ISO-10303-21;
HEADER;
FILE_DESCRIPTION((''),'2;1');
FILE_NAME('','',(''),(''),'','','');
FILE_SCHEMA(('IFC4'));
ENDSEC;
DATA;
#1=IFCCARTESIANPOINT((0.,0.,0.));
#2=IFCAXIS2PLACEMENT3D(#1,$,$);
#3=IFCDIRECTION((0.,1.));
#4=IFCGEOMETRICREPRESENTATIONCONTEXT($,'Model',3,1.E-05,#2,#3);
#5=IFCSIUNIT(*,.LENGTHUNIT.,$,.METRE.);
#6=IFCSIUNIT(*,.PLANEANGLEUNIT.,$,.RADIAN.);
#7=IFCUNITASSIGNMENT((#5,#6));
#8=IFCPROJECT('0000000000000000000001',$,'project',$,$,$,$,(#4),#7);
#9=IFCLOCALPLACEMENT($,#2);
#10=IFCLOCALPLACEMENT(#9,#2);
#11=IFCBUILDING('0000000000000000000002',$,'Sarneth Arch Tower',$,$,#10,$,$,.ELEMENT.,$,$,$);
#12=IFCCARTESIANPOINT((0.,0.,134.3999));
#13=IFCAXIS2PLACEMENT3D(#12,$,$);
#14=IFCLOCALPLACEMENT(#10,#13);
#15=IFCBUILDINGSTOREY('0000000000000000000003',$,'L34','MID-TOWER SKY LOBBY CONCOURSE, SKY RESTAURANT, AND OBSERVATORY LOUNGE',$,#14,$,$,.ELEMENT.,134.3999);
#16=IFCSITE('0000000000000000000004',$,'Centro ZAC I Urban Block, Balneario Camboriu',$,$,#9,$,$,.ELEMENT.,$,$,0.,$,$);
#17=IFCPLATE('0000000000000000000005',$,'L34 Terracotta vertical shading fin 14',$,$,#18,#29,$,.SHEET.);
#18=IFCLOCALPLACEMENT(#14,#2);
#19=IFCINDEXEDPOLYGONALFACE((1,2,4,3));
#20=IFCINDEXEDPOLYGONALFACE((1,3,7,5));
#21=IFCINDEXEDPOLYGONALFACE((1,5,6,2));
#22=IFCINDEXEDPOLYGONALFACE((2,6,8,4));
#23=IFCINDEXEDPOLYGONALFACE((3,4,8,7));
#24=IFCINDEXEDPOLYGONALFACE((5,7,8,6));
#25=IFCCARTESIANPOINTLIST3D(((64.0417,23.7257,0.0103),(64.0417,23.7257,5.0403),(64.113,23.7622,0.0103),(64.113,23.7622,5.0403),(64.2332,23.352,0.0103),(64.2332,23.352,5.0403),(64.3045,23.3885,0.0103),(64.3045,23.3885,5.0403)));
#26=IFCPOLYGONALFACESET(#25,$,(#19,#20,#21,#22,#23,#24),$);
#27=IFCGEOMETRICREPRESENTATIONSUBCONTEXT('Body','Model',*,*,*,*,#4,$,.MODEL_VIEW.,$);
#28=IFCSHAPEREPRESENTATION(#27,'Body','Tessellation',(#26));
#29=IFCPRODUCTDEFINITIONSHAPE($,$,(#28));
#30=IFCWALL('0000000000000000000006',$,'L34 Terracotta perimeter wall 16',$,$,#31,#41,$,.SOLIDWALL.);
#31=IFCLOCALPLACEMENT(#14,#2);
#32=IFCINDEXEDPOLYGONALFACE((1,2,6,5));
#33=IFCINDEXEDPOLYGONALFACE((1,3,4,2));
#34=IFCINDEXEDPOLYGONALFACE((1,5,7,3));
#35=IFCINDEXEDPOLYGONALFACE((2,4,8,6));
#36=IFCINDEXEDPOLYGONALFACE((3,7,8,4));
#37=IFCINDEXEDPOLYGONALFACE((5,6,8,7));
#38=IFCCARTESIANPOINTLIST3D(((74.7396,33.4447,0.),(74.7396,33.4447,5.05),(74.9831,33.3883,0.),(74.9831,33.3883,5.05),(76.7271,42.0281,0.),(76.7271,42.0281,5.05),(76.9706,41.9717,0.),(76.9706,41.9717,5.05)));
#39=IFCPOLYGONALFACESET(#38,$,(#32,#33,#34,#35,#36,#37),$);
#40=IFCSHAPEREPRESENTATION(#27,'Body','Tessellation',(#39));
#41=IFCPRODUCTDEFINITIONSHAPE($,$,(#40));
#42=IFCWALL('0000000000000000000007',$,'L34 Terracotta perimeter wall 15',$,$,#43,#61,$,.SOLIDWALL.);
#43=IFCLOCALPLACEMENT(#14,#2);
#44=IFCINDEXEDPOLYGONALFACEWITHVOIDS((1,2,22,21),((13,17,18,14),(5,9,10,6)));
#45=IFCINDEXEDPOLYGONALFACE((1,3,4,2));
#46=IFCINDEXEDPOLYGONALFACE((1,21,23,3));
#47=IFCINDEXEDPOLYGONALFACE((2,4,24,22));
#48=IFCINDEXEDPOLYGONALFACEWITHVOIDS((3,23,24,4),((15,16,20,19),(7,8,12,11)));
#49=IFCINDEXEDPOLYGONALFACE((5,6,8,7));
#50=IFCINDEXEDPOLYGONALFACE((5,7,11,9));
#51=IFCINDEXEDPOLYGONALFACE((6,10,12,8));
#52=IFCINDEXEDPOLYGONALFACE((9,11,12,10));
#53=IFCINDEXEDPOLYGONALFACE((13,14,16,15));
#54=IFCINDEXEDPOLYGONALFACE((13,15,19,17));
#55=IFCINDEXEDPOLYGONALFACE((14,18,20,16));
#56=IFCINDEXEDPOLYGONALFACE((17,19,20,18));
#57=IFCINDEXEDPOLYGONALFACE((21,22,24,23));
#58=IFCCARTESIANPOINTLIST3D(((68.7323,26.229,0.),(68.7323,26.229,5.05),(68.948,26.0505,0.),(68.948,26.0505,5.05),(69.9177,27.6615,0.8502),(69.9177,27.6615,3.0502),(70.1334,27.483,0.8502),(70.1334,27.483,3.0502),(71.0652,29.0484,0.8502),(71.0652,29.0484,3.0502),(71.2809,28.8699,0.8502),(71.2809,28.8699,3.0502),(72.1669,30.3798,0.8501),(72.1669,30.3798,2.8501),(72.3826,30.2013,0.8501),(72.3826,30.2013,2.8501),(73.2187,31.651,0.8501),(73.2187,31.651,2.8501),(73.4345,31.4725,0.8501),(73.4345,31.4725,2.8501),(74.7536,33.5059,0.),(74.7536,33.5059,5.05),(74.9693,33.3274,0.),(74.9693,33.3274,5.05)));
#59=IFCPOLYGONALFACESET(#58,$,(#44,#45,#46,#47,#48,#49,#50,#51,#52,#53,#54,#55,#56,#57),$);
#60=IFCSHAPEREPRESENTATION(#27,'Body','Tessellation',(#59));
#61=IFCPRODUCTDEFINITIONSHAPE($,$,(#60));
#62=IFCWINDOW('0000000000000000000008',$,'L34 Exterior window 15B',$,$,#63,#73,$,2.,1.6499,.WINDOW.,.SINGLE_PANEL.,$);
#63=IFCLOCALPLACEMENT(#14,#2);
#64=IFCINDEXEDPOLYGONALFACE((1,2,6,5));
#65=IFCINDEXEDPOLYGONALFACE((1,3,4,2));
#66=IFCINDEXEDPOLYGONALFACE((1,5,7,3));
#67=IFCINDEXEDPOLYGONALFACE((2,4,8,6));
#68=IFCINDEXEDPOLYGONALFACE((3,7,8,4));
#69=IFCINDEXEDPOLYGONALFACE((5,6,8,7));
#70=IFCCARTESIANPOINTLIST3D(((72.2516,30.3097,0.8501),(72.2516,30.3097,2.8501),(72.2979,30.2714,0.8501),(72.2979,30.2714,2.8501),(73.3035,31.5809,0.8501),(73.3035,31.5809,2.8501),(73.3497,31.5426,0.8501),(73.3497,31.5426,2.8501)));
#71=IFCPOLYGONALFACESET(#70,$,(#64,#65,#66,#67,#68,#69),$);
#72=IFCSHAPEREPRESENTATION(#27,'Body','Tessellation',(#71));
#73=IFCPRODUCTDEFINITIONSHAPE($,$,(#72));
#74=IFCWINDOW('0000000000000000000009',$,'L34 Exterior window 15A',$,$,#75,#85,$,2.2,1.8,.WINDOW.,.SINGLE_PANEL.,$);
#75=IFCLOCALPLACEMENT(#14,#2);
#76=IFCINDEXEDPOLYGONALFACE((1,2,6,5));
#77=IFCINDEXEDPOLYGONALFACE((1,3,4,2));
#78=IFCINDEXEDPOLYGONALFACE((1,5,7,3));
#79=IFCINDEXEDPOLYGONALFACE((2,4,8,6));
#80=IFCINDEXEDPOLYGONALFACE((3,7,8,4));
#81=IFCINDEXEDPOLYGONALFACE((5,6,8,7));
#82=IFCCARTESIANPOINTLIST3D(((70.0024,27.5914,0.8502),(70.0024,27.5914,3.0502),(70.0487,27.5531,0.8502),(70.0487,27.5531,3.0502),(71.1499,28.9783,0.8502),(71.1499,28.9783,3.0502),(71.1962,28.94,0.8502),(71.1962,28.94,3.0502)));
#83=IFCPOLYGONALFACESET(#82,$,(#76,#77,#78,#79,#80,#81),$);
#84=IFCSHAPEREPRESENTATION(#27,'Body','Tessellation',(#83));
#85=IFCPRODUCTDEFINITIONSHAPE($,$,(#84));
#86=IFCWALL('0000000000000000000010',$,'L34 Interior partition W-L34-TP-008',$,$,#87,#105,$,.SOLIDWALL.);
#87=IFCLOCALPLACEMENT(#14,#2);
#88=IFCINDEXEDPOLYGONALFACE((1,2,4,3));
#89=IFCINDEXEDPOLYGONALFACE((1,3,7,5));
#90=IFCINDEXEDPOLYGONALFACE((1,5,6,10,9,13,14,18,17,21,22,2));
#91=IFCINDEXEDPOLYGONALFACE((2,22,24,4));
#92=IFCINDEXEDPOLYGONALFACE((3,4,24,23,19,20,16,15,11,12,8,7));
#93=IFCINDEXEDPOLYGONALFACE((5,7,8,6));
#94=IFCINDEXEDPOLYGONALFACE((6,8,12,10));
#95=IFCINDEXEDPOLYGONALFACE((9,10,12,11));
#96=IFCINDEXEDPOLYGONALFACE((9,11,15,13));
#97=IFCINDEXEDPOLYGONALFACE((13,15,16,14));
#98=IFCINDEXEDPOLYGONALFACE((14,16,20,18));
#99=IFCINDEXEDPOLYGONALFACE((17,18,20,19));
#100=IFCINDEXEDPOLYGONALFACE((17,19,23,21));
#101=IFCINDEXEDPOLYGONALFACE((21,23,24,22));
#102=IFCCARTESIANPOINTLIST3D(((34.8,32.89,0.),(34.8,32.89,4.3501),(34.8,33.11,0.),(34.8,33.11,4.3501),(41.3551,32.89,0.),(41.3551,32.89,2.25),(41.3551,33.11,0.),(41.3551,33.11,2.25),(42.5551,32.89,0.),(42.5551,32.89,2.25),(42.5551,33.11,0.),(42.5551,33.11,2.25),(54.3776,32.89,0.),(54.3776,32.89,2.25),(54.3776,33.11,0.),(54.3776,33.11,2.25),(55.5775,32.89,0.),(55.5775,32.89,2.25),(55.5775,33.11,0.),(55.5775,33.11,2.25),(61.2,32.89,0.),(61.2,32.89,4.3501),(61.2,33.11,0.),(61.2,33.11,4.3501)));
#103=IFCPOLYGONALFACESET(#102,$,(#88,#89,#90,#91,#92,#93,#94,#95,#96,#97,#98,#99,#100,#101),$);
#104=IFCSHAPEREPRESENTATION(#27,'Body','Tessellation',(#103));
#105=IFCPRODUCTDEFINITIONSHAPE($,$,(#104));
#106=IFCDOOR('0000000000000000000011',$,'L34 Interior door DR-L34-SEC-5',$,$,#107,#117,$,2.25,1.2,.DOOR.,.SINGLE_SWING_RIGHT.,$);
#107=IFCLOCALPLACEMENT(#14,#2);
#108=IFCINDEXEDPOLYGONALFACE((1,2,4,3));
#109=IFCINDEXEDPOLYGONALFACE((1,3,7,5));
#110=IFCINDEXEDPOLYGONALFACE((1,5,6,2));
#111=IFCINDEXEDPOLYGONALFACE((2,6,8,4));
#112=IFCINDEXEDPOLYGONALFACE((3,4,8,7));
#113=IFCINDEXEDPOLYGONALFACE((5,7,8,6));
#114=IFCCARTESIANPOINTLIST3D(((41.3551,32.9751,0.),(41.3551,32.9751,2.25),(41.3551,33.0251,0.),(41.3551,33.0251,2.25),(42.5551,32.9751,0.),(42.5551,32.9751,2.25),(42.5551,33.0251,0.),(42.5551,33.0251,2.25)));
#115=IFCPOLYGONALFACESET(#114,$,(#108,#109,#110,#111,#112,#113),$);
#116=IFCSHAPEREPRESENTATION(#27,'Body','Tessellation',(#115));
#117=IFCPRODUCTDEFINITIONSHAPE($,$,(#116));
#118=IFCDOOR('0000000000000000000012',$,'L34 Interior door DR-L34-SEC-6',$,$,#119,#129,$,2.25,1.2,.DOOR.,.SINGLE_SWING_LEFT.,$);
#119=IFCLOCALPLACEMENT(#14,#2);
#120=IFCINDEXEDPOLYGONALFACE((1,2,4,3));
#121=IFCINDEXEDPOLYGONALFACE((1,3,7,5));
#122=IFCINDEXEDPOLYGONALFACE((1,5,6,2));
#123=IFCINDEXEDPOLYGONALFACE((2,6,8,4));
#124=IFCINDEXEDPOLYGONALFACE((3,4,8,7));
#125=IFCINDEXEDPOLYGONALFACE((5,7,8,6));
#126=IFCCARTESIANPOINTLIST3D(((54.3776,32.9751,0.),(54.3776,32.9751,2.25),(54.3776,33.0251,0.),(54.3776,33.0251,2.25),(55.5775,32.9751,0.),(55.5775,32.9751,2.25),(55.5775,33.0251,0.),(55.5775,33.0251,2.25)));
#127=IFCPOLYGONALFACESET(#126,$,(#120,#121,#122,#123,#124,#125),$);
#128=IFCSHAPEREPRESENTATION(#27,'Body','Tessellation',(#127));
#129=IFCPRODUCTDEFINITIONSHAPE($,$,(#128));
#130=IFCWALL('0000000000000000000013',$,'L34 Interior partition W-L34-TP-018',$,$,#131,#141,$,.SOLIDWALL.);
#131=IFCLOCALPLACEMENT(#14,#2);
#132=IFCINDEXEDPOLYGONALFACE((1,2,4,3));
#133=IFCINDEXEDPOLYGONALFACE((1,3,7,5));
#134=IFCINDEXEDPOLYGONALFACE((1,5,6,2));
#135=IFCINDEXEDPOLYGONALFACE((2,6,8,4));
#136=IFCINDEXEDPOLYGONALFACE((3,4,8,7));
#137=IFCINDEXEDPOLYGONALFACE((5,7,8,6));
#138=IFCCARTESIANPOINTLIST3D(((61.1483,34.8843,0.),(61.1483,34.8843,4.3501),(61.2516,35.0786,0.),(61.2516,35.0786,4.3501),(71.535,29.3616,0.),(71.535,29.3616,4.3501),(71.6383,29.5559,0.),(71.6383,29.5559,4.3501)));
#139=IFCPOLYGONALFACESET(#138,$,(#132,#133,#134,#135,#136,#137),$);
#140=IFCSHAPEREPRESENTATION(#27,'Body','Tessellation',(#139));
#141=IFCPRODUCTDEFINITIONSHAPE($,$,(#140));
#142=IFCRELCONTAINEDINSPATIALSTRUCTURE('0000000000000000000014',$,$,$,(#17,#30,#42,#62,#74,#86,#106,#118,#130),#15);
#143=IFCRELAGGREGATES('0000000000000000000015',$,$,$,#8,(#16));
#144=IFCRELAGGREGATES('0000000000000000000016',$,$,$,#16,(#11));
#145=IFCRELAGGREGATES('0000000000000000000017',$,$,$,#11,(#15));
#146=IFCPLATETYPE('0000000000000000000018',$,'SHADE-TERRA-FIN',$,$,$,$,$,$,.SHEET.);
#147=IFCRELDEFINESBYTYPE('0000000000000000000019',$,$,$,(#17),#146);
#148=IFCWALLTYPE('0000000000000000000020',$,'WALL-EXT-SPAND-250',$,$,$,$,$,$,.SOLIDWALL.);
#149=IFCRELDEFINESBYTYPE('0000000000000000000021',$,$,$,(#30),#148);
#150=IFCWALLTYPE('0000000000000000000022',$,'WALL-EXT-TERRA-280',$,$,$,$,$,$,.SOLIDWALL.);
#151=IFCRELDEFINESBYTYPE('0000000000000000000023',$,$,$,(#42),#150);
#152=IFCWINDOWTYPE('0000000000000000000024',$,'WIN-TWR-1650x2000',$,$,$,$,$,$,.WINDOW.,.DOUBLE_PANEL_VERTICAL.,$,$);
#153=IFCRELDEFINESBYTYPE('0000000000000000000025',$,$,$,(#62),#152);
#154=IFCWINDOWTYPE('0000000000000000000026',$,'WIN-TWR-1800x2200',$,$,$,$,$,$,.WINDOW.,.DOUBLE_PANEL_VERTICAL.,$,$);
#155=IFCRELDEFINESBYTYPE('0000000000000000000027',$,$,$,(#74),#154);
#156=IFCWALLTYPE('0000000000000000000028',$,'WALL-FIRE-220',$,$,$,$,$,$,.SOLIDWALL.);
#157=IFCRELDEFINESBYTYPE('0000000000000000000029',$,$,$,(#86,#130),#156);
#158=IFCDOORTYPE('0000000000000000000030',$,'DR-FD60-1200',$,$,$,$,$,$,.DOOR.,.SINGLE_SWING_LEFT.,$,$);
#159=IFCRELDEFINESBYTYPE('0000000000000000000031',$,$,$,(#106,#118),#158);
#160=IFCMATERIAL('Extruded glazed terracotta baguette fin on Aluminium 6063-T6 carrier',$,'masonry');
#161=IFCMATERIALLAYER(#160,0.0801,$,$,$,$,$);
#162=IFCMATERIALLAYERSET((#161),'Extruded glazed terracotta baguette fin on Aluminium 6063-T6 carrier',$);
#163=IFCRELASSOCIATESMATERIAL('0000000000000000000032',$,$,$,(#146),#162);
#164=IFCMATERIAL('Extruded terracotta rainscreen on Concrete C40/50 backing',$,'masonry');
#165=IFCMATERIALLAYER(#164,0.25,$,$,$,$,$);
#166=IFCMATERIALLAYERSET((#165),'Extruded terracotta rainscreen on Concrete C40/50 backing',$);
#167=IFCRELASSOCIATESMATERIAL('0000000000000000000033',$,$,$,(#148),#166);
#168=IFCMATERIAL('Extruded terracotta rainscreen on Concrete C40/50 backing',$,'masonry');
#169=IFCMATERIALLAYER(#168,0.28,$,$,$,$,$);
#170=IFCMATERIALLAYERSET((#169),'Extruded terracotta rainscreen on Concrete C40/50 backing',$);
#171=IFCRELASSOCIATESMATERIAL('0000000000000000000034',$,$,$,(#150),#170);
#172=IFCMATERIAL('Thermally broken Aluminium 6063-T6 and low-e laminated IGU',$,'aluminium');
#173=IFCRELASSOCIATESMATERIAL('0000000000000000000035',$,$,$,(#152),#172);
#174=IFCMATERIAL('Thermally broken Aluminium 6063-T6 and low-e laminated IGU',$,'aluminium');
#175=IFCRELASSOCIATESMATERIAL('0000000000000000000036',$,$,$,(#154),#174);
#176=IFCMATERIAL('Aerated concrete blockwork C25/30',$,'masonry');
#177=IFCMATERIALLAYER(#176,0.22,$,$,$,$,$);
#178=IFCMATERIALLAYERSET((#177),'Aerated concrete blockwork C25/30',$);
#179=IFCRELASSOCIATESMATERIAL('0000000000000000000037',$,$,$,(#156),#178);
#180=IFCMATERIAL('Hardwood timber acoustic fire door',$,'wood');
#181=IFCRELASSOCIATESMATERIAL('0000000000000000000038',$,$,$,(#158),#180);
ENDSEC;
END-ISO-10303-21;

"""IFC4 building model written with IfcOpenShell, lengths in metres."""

from ifc_helpers import new_model, si_unit, direction, frame, frame_2d, origin, origin_2d, place, context, subcontext, project, spatial, rectangle, extrude, material, layer, layer_set, type_object, element, fill, save


model = new_model("IFC4")

# Units and contexts
model_context = context("Model", 3, precision=1e-05, world=origin(), true_north=direction((0.0, 1.0)))
body_context = subcontext(model_context, "Body", "Model", "MODEL_VIEW")
ifc_project = project(units=[si_unit("LENGTHUNIT", "METRE"), si_unit("PLANEANGLEUNIT", "RADIAN")], contexts=[model_context])

# Site, building, storey
site_placement = place(None, origin())
site = spatial("IfcSite", under=ifc_project, at=site_placement, Name="Centro ZAC I Urban Block, Balneario Camboriu", CompositionType="ELEMENT", RefElevation=0.0)
building_placement = place(site_placement, origin())
building = spatial("IfcBuilding", under=site, at=building_placement, Name="Sarneth Arch Tower", CompositionType="ELEMENT")
storey_placement = place(building_placement, frame((0.0, 0.0, 134.3999)))
storey = spatial("IfcBuildingStorey", under=building, at=storey_placement, Name="L34", Description="MID-TOWER SKY LOBBY CONCOURSE, SKY RESTAURANT, AND OBSERVATORY LOUNGE", CompositionType="ELEMENT", Elevation=134.3999)

# Plate
ifc_material_1 = material(Name="Extruded glazed terracotta baguette fin on Aluminium 6063-T6 carrier", Category="masonry")
ifc_layer_1 = layer(ifc_material_1, 0.0801)
ifc_layer_set_1 = layer_set([ifc_layer_1], Name="Extruded glazed terracotta baguette fin on Aluminium 6063-T6 carrier")
plate_type_1 = type_object("IfcPlateType", Name="SHADE-TERRA-FIN", PredefinedType="SHEET", material=ifc_layer_set_1)
plate_1_placement = place(storey_placement, frame((64.1731, 23.5571, 0.0103), z_axis=(0.0, 0.0, 1.0), x_axis=(0.456011, -0.889974, 0.0)))
element("IfcPlate", 1, at=plate_1_placement, inside=storey, type_object=plate_type_1, Name="L34 Terracotta vertical shading fin 14", PredefinedType="SHEET", context=body_context, shape_type="SweptSolid", body=[
    extrude(rectangle(XDim=0.4199, YDim=0.0801, at=origin_2d()), origin(), (0.0, 0.0, 1.0), 5.03),
])

# Wall
ifc_material_2 = material(Name="Extruded terracotta rainscreen on Concrete C40/50 backing", Category="masonry")
ifc_layer_2 = layer(ifc_material_2, 0.25)
ifc_layer_set_2 = layer_set([ifc_layer_2], Name="Extruded terracotta rainscreen on Concrete C40/50 backing")
wall_type_1 = type_object("IfcWallType", Name="WALL-EXT-SPAND-250", PredefinedType="SOLIDWALL", material=ifc_layer_set_2)
wall_1_placement = place(storey_placement, frame((74.8613, 33.4165, 0.0), z_axis=(0.0, 0.0, 1.0), x_axis=(0.225586, 0.974223, 0.0)))
element("IfcWall", 2, at=wall_1_placement, inside=storey, type_object=wall_type_1, Name="L34 Terracotta perimeter wall 16", PredefinedType="SOLIDWALL", context=body_context, shape_type="SweptSolid", body=[
    extrude(rectangle(XDim=8.8105, YDim=0.25, at=frame_2d((4.4053, 0.0))), origin(), (0.0, 0.0, 1.0), 5.05),
])

# Wall, openings, windows
ifc_material_3 = material(Name="Extruded terracotta rainscreen on Concrete C40/50 backing", Category="masonry")
ifc_layer_3 = layer(ifc_material_3, 0.28)
ifc_layer_set_3 = layer_set([ifc_layer_3], Name="Extruded terracotta rainscreen on Concrete C40/50 backing")
wall_type_2 = type_object("IfcWallType", Name="WALL-EXT-TERRA-280", PredefinedType="SOLIDWALL", material=ifc_layer_set_3)
wall_2_placement = place(storey_placement, frame((68.8401, 26.1396, 0.0), z_axis=(0.0, 0.0, 1.0), x_axis=(0.637506, 0.770446, 0.0)))
wall_2 = element("IfcWall", 3, at=wall_2_placement, inside=storey, type_object=wall_type_2, Name="L34 Terracotta perimeter wall 15", PredefinedType="SOLIDWALL", context=body_context, shape_type="SweptSolid", body=[
    extrude(rectangle(XDim=9.4451, YDim=0.28, at=frame_2d((4.7227, 0.0))), origin(), (0.0, 0.0, 1.0), 5.05),
])
opening_1_placement = place(wall_2_placement, frame((1.8596, 0.0, 0.8501)))
opening_1 = element("IfcOpeningElement", 4, at=opening_1_placement, cuts=wall_2, PredefinedType="OPENING", context=body_context, shape_type="SweptSolid", body=[
    extrude(rectangle(XDim=1.8, YDim=2.2, at=frame_2d((0.8999, 1.1001))), frame((0.0, 0.1499, 0.0), z_axis=(0.0, -1.0, 0.0), x_axis=(1.0, 0.0, 0.0)), (0.0, 0.0, 1.0), 0.3),
])
opening_2_placement = place(wall_2_placement, frame((5.3877, 0.0, 0.8501)))
opening_2 = element("IfcOpeningElement", 5, at=opening_2_placement, cuts=wall_2, PredefinedType="OPENING", context=body_context, shape_type="SweptSolid", body=[
    extrude(rectangle(XDim=1.6499, YDim=2.0, at=frame_2d((0.825, 1.0))), frame((0.0, 0.1499, 0.0), z_axis=(0.0, -1.0, 0.0), x_axis=(1.0, 0.0, 0.0)), (0.0, 0.0, 1.0), 0.3),
])
ifc_material_4 = material(Name="Thermally broken Aluminium 6063-T6 and low-e laminated IGU", Category="aluminium")
window_type_1 = type_object("IfcWindowType", Name="WIN-TWR-1650x2000", PartitioningType="DOUBLE_PANEL_VERTICAL", PredefinedType="WINDOW", material=ifc_material_4)
window_1_placement = place(opening_2_placement, origin())
window_1 = element("IfcWindow", 6, at=window_1_placement, inside=storey, type_object=window_type_1, Name="L34 Exterior window 15B", OverallHeight=2.0, OverallWidth=1.6499, PartitioningType="SINGLE_PANEL", PredefinedType="WINDOW", context=body_context, shape_type="SweptSolid", body=[
    extrude(rectangle(XDim=1.6499, YDim=2.0, at=frame_2d((0.825, 1.0))), frame((0.0, 0.03, 0.0), z_axis=(0.0, -1.0, 0.0), x_axis=(1.0, 0.0, 0.0)), (0.0, 0.0, 1.0), 0.0601),
])
fill(opening_2, window_1)
ifc_material_5 = material(Name="Thermally broken Aluminium 6063-T6 and low-e laminated IGU", Category="aluminium")
window_type_2 = type_object("IfcWindowType", Name="WIN-TWR-1800x2200", PartitioningType="DOUBLE_PANEL_VERTICAL", PredefinedType="WINDOW", material=ifc_material_5)
window_2_placement = place(opening_1_placement, origin())
window_2 = element("IfcWindow", 7, at=window_2_placement, inside=storey, type_object=window_type_2, Name="L34 Exterior window 15A", OverallHeight=2.2, OverallWidth=1.8, PartitioningType="SINGLE_PANEL", PredefinedType="WINDOW", context=body_context, shape_type="SweptSolid", body=[
    extrude(rectangle(XDim=1.8, YDim=2.2, at=frame_2d((0.8999, 1.1001))), frame((0.0, 0.03, 0.0), z_axis=(0.0, -1.0, 0.0), x_axis=(1.0, 0.0, 0.0)), (0.0, 0.0, 1.0), 0.0601),
])
fill(opening_1, window_2)

# Wall, openings, doors
ifc_material_6 = material(Name="Aerated concrete blockwork C25/30", Category="masonry")
ifc_layer_4 = layer(ifc_material_6, 0.22)
ifc_layer_set_4 = layer_set([ifc_layer_4], Name="Aerated concrete blockwork C25/30")
wall_type_3 = type_object("IfcWallType", Name="WALL-FIRE-220", PredefinedType="SOLIDWALL", material=ifc_layer_set_4)
wall_3_placement = place(storey_placement, frame((61.2, 33.0, 0.0), z_axis=(0.0, 0.0, 1.0), x_axis=(-1.0, 0.0, 0.0)))
wall_3 = element("IfcWall", 8, at=wall_3_placement, inside=storey, type_object=wall_type_3, Name="L34 Interior partition W-L34-TP-008", PredefinedType="SOLIDWALL", context=body_context, shape_type="SweptSolid", body=[
    extrude(rectangle(XDim=26.3999, YDim=0.22, at=frame_2d((13.2, 0.0))), origin(), (0.0, 0.0, 1.0), 4.3501),
])
opening_3_placement = place(wall_3_placement, frame((18.6448, 0.0, 0.0)))
opening_3 = element("IfcOpeningElement", 9, at=opening_3_placement, cuts=wall_3, PredefinedType="OPENING", context=body_context, shape_type="SweptSolid", body=[
    extrude(rectangle(XDim=1.2, YDim=2.25, at=frame_2d((0.6001, 1.125))), frame((0.0, 0.1199, 0.0), z_axis=(0.0, -1.0, 0.0), x_axis=(1.0, 0.0, 0.0)), (0.0, 0.0, 1.0), 0.24),
])
opening_4_placement = place(wall_3_placement, frame((5.6223, 0.0, 0.0)))
opening_4 = element("IfcOpeningElement", 10, at=opening_4_placement, cuts=wall_3, PredefinedType="OPENING", context=body_context, shape_type="SweptSolid", body=[
    extrude(rectangle(XDim=1.2, YDim=2.25, at=frame_2d((0.6001, 1.125))), frame((0.0, 0.1199, 0.0), z_axis=(0.0, -1.0, 0.0), x_axis=(1.0, 0.0, 0.0)), (0.0, 0.0, 1.0), 0.24),
])
ifc_material_7 = material(Name="Hardwood timber acoustic fire door", Category="wood")
door_type = type_object("IfcDoorType", Name="DR-FD60-1200", OperationType="SINGLE_SWING_LEFT", PredefinedType="DOOR", material=ifc_material_7)
door_1_placement = place(opening_3_placement, origin())
door_1 = element("IfcDoor", 11, at=door_1_placement, inside=storey, type_object=door_type, Name="L34 Interior door DR-L34-SEC-5", OperationType="SINGLE_SWING_RIGHT", OverallHeight=2.25, OverallWidth=1.2, PredefinedType="DOOR", context=body_context, shape_type="SweptSolid", body=[
    extrude(rectangle(XDim=1.2, YDim=2.25, at=frame_2d((0.6001, 1.125))), frame((0.0, 0.0249, 0.0), z_axis=(0.0, -1.0, 0.0), x_axis=(1.0, 0.0, 0.0)), (0.0, 0.0, 1.0), 0.05),
])
fill(opening_3, door_1)
door_2_placement = place(opening_4_placement, origin())
door_2 = element("IfcDoor", 12, at=door_2_placement, inside=storey, type_object=door_type, Name="L34 Interior door DR-L34-SEC-6", OperationType="SINGLE_SWING_LEFT", OverallHeight=2.25, OverallWidth=1.2, PredefinedType="DOOR", context=body_context, shape_type="SweptSolid", body=[
    extrude(rectangle(XDim=1.2, YDim=2.25, at=frame_2d((0.6001, 1.125))), frame((0.0, 0.0249, 0.0), z_axis=(0.0, -1.0, 0.0), x_axis=(1.0, 0.0, 0.0)), (0.0, 0.0, 1.0), 0.05),
])
fill(opening_4, door_2)

# Wall
wall_4_placement = place(storey_placement, frame((61.2, 34.9814, 0.0), z_axis=(0.0, 0.0, 1.0), x_axis=(0.882948, -0.469471, 0.0)))
element("IfcWall", 13, at=wall_4_placement, inside=storey, type_object=wall_type_3, Name="L34 Interior partition W-L34-TP-018", PredefinedType="SOLIDWALL", context=body_context, shape_type="SweptSolid", body=[
    extrude(rectangle(XDim=11.7637, YDim=0.22, at=frame_2d((5.8818, 0.0))), origin(), (0.0, 0.0, 1.0), 4.3501),
])

save(model, "model.ifc")
